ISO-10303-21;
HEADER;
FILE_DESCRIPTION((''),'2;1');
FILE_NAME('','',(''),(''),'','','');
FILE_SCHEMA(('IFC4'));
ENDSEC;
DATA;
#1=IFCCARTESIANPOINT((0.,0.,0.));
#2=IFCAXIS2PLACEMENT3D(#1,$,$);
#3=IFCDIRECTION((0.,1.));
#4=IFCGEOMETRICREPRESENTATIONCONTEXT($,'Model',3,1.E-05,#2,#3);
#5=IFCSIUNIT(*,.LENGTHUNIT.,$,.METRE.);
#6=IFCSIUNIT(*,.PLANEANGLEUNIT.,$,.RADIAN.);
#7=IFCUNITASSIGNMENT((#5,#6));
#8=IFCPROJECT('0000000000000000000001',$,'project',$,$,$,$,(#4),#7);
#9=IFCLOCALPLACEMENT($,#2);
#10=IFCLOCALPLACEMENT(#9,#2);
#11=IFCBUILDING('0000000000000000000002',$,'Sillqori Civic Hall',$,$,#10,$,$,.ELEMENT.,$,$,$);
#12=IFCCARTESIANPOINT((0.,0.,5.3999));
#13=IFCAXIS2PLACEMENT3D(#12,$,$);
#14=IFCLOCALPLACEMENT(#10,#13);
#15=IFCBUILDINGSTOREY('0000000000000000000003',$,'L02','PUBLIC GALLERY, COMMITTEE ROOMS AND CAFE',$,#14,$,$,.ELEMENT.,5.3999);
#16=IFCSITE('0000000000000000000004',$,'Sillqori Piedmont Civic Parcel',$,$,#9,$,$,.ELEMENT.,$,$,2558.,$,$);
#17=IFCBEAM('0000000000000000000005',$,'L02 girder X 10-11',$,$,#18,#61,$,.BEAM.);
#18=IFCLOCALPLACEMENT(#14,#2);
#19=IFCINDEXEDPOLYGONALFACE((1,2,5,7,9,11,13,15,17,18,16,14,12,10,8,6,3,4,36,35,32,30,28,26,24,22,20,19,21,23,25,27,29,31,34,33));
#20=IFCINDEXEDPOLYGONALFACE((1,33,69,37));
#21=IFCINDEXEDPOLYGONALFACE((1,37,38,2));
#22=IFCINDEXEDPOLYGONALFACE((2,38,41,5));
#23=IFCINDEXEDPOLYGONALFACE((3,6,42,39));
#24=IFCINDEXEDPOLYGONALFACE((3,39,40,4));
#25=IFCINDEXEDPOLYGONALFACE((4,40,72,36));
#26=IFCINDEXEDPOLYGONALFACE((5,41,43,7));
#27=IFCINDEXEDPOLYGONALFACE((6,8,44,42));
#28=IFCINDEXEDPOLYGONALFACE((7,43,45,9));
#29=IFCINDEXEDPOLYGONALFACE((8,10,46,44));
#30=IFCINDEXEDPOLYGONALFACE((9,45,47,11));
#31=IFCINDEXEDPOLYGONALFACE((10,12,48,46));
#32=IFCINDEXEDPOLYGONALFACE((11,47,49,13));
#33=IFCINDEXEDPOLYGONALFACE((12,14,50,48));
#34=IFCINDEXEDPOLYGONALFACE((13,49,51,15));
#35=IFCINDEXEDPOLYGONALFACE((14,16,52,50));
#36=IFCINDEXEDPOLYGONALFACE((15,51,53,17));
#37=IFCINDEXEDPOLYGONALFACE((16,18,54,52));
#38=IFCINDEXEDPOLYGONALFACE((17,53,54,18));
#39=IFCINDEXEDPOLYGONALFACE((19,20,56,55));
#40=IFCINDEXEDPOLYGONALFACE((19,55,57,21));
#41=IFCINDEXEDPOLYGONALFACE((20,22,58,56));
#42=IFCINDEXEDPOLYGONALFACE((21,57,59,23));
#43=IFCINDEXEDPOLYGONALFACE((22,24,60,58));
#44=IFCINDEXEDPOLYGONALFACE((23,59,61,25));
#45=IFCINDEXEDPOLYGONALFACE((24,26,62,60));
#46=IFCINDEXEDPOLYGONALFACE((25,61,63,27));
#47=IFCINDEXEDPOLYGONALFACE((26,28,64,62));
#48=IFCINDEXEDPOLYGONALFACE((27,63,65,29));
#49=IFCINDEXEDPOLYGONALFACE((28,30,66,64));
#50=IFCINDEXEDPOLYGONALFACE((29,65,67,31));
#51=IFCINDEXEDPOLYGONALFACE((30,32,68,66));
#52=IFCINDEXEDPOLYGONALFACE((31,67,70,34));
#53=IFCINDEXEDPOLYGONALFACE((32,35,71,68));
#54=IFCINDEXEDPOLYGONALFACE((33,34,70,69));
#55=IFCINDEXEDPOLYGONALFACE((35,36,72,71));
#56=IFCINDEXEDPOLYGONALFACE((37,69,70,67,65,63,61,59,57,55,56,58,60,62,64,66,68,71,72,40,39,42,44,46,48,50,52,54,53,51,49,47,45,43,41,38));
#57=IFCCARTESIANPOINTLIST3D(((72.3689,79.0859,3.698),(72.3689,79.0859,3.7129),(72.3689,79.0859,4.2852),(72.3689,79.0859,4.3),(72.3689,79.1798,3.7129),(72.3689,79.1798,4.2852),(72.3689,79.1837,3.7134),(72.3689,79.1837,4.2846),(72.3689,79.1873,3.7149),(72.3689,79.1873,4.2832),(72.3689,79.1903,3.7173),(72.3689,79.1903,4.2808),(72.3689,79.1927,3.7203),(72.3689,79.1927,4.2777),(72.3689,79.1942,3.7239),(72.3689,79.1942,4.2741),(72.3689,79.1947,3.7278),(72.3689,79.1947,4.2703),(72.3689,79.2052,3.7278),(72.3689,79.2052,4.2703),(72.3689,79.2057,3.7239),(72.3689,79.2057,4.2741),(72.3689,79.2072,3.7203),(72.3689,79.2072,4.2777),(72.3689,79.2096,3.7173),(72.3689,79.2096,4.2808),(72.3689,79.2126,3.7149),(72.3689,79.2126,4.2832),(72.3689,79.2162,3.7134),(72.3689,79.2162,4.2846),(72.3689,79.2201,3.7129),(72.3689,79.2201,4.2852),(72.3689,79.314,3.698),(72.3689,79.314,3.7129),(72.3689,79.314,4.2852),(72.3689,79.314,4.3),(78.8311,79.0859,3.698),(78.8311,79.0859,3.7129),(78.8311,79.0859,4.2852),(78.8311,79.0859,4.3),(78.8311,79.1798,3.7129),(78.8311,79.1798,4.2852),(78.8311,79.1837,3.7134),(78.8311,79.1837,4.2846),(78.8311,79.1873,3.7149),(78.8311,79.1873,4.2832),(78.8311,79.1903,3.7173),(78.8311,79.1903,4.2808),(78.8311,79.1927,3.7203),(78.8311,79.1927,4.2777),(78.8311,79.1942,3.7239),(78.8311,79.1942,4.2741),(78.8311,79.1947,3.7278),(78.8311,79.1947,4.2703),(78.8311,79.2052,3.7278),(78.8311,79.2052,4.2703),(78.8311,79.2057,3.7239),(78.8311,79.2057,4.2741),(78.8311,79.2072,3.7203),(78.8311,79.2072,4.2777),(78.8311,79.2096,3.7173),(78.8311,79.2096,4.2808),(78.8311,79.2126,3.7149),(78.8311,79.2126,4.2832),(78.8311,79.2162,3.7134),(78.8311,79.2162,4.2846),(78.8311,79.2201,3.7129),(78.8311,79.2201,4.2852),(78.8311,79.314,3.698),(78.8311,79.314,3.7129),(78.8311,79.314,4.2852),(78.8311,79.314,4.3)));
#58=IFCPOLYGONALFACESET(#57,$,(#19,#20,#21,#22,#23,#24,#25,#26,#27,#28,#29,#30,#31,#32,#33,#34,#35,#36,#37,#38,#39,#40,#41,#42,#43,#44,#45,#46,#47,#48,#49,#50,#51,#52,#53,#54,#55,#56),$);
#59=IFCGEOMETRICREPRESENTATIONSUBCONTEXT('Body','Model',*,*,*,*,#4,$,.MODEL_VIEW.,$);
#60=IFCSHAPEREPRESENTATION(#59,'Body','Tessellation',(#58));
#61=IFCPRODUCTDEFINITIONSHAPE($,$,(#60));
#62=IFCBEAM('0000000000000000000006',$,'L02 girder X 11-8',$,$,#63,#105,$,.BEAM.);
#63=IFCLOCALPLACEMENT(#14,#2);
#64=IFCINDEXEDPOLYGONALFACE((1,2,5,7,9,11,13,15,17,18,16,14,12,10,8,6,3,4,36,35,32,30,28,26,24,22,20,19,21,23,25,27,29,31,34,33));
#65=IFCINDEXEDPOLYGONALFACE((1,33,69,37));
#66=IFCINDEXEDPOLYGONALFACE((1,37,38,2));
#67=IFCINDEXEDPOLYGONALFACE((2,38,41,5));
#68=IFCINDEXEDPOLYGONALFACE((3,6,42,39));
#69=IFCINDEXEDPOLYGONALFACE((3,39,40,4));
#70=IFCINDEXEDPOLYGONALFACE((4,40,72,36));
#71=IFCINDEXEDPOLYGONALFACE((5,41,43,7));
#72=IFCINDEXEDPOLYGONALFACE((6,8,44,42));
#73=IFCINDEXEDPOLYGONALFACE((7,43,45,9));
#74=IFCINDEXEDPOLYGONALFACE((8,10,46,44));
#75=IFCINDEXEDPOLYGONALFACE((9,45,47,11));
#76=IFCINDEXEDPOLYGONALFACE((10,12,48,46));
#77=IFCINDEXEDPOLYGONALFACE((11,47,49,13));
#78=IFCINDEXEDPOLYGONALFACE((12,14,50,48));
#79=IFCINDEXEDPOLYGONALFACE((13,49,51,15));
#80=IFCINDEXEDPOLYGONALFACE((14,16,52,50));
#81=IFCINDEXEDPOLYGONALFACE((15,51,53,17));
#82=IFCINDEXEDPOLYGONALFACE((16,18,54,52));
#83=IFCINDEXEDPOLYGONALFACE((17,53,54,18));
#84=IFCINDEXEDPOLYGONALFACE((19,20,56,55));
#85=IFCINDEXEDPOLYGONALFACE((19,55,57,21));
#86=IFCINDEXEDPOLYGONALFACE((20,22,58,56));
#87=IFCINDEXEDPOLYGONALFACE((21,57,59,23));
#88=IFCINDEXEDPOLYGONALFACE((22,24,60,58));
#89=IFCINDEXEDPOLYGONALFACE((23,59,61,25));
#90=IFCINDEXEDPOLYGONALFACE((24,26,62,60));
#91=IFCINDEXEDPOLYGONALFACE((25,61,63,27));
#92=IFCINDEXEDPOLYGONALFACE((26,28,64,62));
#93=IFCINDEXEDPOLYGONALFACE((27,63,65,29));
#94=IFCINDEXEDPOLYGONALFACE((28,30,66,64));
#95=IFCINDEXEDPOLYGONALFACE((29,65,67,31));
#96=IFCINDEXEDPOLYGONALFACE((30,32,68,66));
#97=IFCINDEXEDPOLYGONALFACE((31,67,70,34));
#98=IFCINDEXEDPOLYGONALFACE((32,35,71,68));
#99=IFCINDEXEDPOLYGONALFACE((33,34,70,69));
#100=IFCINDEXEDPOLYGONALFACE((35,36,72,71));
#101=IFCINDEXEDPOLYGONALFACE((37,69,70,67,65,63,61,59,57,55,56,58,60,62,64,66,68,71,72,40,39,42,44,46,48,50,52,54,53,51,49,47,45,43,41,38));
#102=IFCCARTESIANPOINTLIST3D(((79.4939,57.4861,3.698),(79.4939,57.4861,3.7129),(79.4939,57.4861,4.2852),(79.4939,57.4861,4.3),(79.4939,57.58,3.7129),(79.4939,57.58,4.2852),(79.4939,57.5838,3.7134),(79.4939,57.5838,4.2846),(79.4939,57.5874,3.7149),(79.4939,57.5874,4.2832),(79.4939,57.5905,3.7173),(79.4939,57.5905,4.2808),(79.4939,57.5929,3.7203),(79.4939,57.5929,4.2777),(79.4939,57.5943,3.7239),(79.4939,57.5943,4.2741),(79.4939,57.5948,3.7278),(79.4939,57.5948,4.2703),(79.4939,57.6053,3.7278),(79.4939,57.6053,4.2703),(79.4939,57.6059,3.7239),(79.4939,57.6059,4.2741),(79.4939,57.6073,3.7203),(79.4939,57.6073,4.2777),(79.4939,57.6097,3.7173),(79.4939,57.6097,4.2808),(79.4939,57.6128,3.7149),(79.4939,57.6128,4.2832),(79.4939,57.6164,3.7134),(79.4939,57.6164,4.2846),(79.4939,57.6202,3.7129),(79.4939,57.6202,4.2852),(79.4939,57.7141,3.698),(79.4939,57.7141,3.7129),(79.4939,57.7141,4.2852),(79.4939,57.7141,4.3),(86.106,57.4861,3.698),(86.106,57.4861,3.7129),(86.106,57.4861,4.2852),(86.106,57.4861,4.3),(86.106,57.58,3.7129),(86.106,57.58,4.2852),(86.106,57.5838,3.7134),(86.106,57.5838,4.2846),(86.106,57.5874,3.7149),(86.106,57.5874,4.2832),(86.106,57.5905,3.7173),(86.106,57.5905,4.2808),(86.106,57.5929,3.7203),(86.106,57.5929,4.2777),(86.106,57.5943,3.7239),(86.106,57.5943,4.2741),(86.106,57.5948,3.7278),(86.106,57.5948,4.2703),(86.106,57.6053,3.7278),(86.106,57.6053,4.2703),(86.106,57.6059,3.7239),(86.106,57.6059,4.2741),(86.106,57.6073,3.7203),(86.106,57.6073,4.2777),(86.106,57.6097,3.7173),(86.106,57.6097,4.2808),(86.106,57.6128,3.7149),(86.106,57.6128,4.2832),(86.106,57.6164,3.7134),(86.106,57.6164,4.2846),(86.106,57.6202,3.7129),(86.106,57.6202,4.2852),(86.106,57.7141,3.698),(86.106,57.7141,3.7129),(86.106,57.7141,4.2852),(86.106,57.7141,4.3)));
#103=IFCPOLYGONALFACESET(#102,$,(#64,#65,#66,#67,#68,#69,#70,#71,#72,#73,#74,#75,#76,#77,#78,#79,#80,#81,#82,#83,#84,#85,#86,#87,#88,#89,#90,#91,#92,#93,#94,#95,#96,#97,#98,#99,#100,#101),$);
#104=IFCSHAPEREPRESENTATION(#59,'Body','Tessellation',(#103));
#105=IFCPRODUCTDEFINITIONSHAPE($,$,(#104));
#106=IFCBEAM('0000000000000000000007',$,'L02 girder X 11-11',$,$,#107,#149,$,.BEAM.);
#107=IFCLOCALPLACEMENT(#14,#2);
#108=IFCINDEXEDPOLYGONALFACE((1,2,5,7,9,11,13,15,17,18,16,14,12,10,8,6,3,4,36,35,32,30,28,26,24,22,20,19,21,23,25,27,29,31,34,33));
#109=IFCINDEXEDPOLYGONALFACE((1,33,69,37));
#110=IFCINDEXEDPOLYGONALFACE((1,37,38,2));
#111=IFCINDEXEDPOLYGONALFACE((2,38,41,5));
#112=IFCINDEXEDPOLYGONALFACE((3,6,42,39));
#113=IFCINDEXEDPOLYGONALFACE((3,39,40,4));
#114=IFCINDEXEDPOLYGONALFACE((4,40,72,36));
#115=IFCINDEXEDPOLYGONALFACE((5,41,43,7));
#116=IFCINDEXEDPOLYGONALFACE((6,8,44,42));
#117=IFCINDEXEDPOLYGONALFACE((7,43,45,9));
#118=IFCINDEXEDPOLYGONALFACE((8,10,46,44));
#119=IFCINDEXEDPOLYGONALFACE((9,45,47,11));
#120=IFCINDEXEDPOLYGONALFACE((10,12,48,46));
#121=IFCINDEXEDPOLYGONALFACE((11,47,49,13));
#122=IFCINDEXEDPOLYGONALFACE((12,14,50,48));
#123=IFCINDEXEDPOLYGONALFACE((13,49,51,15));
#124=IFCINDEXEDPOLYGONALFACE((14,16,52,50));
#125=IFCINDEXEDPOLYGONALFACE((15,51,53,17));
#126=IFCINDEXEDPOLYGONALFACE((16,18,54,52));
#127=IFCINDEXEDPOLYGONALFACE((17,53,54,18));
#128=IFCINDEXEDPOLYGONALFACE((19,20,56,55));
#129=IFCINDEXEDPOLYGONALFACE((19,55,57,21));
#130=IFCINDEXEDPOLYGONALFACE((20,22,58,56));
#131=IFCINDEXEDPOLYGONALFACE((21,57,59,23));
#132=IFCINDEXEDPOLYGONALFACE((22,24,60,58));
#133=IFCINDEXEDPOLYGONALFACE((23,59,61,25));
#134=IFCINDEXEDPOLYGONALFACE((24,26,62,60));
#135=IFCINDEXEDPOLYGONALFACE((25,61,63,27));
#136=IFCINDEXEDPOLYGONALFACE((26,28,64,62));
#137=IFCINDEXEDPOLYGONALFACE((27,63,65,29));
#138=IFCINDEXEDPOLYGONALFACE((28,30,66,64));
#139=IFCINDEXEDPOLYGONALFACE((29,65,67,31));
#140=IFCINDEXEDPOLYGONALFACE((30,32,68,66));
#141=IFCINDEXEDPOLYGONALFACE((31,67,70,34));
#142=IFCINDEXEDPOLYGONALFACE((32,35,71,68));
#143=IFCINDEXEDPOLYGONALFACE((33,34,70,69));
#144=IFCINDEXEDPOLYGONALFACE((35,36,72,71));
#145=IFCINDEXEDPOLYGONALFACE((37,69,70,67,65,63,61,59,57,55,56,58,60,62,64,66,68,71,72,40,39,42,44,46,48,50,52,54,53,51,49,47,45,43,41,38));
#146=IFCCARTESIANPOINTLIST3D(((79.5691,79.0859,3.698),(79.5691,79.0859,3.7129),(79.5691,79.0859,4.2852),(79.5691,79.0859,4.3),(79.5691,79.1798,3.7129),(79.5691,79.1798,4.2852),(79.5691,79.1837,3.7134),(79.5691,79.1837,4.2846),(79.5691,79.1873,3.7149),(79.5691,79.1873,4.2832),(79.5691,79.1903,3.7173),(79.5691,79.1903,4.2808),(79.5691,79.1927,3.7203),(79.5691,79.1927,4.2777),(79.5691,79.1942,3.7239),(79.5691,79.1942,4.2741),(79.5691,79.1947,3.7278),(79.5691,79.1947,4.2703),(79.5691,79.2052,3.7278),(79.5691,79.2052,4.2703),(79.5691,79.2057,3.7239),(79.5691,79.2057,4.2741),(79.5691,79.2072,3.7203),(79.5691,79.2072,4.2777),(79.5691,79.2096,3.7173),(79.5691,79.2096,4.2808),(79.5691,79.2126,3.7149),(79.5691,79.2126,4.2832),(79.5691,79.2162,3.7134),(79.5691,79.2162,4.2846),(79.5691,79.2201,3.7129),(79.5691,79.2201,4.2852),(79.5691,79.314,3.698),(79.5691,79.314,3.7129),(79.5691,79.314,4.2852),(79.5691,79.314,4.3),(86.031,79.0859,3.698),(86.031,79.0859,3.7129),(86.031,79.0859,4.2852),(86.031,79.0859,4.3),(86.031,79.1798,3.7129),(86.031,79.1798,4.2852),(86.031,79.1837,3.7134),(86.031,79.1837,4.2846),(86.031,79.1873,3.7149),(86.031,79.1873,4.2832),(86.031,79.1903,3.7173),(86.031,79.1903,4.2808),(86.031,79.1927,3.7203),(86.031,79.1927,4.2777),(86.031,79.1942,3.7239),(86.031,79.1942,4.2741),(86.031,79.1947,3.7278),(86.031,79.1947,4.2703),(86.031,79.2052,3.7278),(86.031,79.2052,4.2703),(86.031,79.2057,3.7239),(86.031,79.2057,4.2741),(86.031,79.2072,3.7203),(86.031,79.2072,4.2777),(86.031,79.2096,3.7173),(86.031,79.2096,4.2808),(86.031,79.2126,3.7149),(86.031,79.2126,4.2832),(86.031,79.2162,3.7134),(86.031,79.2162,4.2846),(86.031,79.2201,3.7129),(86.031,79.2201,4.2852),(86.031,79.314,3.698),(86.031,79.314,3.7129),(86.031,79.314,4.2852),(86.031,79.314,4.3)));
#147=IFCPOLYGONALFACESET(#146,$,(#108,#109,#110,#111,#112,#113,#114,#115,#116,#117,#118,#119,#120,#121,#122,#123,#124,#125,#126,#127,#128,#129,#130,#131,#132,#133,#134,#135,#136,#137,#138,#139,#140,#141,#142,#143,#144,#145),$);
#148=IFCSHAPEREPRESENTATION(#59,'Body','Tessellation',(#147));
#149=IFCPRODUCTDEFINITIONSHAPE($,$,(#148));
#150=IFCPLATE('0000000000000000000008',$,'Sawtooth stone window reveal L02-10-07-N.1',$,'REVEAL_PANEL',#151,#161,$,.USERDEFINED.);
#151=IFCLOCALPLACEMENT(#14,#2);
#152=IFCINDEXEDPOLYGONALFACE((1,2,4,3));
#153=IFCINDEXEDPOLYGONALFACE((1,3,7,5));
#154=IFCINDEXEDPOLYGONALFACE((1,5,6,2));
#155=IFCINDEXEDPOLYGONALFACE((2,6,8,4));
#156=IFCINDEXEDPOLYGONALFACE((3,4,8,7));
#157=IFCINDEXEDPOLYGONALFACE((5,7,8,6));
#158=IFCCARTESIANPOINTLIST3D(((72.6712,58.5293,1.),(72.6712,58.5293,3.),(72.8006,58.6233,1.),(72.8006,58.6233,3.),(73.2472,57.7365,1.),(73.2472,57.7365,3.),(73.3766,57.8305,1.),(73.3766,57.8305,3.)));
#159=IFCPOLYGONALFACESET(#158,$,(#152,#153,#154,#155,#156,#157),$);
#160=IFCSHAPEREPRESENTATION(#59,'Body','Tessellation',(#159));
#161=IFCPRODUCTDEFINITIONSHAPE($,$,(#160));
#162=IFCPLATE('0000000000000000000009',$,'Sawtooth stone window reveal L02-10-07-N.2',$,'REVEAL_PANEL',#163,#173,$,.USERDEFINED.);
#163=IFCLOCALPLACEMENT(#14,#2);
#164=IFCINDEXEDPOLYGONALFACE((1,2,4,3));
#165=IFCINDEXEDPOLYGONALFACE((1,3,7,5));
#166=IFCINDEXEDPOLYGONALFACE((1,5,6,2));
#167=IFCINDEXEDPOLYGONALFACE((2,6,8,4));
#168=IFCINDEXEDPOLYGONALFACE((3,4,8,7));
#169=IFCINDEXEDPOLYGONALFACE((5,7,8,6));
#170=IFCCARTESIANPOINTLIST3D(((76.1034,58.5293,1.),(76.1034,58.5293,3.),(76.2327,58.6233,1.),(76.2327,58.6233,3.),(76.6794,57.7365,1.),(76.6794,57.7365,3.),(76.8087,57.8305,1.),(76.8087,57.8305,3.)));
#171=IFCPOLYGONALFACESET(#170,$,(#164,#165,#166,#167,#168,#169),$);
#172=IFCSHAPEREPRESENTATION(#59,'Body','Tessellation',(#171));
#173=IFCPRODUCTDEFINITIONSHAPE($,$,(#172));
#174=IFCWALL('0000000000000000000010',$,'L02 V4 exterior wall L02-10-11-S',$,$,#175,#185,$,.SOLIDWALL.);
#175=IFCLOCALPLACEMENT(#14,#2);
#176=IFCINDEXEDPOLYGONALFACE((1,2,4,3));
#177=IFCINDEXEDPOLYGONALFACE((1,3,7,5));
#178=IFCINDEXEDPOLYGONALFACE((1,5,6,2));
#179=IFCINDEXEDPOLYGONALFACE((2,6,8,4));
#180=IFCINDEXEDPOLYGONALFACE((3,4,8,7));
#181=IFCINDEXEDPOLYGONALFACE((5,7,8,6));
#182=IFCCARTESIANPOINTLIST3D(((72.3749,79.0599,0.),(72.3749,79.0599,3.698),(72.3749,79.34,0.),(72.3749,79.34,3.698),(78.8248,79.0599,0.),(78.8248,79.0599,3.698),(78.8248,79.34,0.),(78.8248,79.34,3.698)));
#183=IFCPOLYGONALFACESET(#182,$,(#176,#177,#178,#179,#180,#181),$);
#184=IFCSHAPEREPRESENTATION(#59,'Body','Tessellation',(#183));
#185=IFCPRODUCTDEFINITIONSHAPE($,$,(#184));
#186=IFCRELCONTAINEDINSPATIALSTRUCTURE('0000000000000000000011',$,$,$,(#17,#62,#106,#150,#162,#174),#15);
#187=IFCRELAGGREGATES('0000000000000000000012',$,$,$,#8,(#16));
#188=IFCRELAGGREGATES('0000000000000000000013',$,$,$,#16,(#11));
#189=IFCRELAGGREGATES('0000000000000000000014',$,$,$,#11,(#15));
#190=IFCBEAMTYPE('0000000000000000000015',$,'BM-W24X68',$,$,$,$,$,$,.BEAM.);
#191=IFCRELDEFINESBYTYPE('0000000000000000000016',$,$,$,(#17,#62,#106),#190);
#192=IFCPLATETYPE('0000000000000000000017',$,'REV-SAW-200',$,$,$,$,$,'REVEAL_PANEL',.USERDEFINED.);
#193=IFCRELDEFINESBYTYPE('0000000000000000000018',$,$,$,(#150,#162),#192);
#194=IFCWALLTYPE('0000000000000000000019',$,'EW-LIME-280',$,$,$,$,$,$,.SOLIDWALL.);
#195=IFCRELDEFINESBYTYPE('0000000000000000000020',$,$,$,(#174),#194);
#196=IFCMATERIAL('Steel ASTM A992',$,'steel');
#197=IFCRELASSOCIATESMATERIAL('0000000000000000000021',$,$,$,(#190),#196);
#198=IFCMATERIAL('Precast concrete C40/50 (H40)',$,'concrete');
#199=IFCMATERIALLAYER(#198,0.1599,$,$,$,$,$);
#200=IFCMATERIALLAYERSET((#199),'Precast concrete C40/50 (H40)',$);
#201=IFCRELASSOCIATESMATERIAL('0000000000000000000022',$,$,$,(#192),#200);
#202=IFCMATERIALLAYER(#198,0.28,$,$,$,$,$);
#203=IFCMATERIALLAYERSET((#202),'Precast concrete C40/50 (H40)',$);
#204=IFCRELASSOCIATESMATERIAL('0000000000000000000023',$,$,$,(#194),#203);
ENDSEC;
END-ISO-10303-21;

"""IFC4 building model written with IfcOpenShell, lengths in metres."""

from ifc_helpers import new_model, si_unit, direction, frame, frame_2d, origin, origin_2d, place, context, subcontext, project, spatial, rectangle, i_section, extrude, material, layer, layer_set, material_profile, profile_set, type_object, element, save


model = new_model("IFC4")

# Units and contexts
model_context = context("Model", 3, precision=1e-05, world=origin(), true_north=direction((0.0, 1.0)))
body_context = subcontext(model_context, "Body", "Model", "MODEL_VIEW")
ifc_project = project(units=[si_unit("LENGTHUNIT", "METRE"), si_unit("PLANEANGLEUNIT", "RADIAN")], contexts=[model_context])

# Site, building, storey
site_placement = place(None, origin())
site = spatial("IfcSite", under=ifc_project, at=site_placement, Name="Sillqori Piedmont Civic Parcel", CompositionType="ELEMENT", RefElevation=2558.0)
building_placement = place(site_placement, origin())
building = spatial("IfcBuilding", under=site, at=building_placement, Name="Sillqori Civic Hall", CompositionType="ELEMENT")
storey_placement = place(building_placement, frame((0.0, 0.0, 5.3999)))
storey = spatial("IfcBuildingStorey", under=building, at=storey_placement, Name="L02", Description="PUBLIC GALLERY, COMMITTEE ROOMS AND CAFE", CompositionType="ELEMENT", Elevation=5.3999)

# Beams
ifc_material_1 = material(Name="Steel ASTM A992", Category="steel")
ifc_material_profile_1 = material_profile(ifc_material_1, i_section(OverallWidth=0.228, OverallDepth=0.6021, WebThickness=0.0105, FlangeThickness=0.0149, FilletRadius=0.0149, at=origin_2d()), Name="W24X68")
ifc_profile_set_1 = profile_set([ifc_material_profile_1], Name="Steel ASTM A992")
beam_type_1 = type_object("IfcBeamType", Name="BM-W24X68", PredefinedType="BEAM", material=ifc_profile_set_1)
beam_1_placement = place(storey_placement, frame((72.3689, 79.2, 3.999), z_axis=(1.0, 0.0, 0.0), x_axis=(0.0, 1.0, 0.0)))
element("IfcBeam", 1, at=beam_1_placement, inside=storey, type_object=beam_type_1, Name="L02 girder X 10-11", PredefinedType="BEAM", context=body_context, shape_type="SweptSolid", body=[
    extrude(i_section(OverallWidth=0.228, OverallDepth=0.6021, WebThickness=0.0105, FlangeThickness=0.0149, FilletRadius=0.0149, at=origin_2d()), origin(), (0.0, 0.0, 1.0), 6.4622),
])
beam_2_placement = place(storey_placement, frame((79.4939, 57.6001, 3.999), z_axis=(1.0, 0.0, 0.0), x_axis=(0.0, 1.0, 0.0)))
element("IfcBeam", 2, at=beam_2_placement, inside=storey, type_object=beam_type_1, Name="L02 girder X 11-8", PredefinedType="BEAM", context=body_context, shape_type="SweptSolid", body=[
    extrude(i_section(OverallWidth=0.228, OverallDepth=0.6021, WebThickness=0.0105, FlangeThickness=0.0149, FilletRadius=0.0149, at=origin_2d()), origin(), (0.0, 0.0, 1.0), 6.6121),
])
beam_3_placement = place(storey_placement, frame((79.5691, 79.2, 3.999), z_axis=(1.0, 0.0, 0.0), x_axis=(0.0, 1.0, 0.0)))
element("IfcBeam", 3, at=beam_3_placement, inside=storey, type_object=beam_type_1, Name="L02 girder X 11-11", PredefinedType="BEAM", context=body_context, shape_type="SweptSolid", body=[
    extrude(i_section(OverallWidth=0.228, OverallDepth=0.6021, WebThickness=0.0105, FlangeThickness=0.0149, FilletRadius=0.0149, at=origin_2d()), origin(), (0.0, 0.0, 1.0), 6.4619),
])

# Plates
ifc_material_2 = material(Name="Precast concrete C40/50 (H40)", Category="concrete")
ifc_layer_1 = layer(ifc_material_2, 0.1599)
ifc_layer_set_1 = layer_set([ifc_layer_1], Name="Precast concrete C40/50 (H40)")
plate_type = type_object("IfcPlateType", Name="REV-SAW-200", ElementType="REVEAL_PANEL", PredefinedType="USERDEFINED", material=ifc_layer_set_1)
for number, where, z_axis, x_axis, name in (
    (4, (73.0239, 58.1799, 1.0), (0.0, 0.0, 1.0), (0.809017, 0.587785, 0.0), "Sawtooth stone window reveal L02-10-07-N.1"),
    (5, (76.4561, 58.1799, 1.0), (0.0, 0.0, 1.0), (0.809017, 0.587785, 0.0), "Sawtooth stone window reveal L02-10-07-N.2"),
):
    element("IfcPlate", number, at=place(storey_placement, frame(where, z_axis=z_axis, x_axis=x_axis)), inside=storey, type_object=plate_type, Name=name, ObjectType="REVEAL_PANEL", PredefinedType="USERDEFINED", context=body_context, shape_type="SweptSolid", body=[
        extrude(rectangle(XDim=0.1599, YDim=0.98, at=origin_2d()), origin(), (0.0, 0.0, 1.0), 2.0),
    ])

# Wall
ifc_layer_2 = layer(ifc_material_2, 0.28)
ifc_layer_set_2 = layer_set([ifc_layer_2], Name="Precast concrete C40/50 (H40)")
wall_type_1 = type_object("IfcWallType", Name="EW-LIME-280", PredefinedType="SOLIDWALL", material=ifc_layer_set_2)
wall_1_placement = place(storey_placement, frame((78.825, 79.2, 0.0), z_axis=(0.0, 0.0, 1.0), x_axis=(-1.0, 0.0, 0.0)))
element("IfcWall", 6, at=wall_1_placement, inside=storey, type_object=wall_type_1, Name="L02 V4 exterior wall L02-10-11-S", PredefinedType="SOLIDWALL", context=body_context, shape_type="SweptSolid", body=[
    extrude(rectangle(XDim=6.45, YDim=0.28, at=frame_2d((3.2251, 0.0))), origin(), (0.0, 0.0, 1.0), 3.698),
])

save(model, "model.ifc")
